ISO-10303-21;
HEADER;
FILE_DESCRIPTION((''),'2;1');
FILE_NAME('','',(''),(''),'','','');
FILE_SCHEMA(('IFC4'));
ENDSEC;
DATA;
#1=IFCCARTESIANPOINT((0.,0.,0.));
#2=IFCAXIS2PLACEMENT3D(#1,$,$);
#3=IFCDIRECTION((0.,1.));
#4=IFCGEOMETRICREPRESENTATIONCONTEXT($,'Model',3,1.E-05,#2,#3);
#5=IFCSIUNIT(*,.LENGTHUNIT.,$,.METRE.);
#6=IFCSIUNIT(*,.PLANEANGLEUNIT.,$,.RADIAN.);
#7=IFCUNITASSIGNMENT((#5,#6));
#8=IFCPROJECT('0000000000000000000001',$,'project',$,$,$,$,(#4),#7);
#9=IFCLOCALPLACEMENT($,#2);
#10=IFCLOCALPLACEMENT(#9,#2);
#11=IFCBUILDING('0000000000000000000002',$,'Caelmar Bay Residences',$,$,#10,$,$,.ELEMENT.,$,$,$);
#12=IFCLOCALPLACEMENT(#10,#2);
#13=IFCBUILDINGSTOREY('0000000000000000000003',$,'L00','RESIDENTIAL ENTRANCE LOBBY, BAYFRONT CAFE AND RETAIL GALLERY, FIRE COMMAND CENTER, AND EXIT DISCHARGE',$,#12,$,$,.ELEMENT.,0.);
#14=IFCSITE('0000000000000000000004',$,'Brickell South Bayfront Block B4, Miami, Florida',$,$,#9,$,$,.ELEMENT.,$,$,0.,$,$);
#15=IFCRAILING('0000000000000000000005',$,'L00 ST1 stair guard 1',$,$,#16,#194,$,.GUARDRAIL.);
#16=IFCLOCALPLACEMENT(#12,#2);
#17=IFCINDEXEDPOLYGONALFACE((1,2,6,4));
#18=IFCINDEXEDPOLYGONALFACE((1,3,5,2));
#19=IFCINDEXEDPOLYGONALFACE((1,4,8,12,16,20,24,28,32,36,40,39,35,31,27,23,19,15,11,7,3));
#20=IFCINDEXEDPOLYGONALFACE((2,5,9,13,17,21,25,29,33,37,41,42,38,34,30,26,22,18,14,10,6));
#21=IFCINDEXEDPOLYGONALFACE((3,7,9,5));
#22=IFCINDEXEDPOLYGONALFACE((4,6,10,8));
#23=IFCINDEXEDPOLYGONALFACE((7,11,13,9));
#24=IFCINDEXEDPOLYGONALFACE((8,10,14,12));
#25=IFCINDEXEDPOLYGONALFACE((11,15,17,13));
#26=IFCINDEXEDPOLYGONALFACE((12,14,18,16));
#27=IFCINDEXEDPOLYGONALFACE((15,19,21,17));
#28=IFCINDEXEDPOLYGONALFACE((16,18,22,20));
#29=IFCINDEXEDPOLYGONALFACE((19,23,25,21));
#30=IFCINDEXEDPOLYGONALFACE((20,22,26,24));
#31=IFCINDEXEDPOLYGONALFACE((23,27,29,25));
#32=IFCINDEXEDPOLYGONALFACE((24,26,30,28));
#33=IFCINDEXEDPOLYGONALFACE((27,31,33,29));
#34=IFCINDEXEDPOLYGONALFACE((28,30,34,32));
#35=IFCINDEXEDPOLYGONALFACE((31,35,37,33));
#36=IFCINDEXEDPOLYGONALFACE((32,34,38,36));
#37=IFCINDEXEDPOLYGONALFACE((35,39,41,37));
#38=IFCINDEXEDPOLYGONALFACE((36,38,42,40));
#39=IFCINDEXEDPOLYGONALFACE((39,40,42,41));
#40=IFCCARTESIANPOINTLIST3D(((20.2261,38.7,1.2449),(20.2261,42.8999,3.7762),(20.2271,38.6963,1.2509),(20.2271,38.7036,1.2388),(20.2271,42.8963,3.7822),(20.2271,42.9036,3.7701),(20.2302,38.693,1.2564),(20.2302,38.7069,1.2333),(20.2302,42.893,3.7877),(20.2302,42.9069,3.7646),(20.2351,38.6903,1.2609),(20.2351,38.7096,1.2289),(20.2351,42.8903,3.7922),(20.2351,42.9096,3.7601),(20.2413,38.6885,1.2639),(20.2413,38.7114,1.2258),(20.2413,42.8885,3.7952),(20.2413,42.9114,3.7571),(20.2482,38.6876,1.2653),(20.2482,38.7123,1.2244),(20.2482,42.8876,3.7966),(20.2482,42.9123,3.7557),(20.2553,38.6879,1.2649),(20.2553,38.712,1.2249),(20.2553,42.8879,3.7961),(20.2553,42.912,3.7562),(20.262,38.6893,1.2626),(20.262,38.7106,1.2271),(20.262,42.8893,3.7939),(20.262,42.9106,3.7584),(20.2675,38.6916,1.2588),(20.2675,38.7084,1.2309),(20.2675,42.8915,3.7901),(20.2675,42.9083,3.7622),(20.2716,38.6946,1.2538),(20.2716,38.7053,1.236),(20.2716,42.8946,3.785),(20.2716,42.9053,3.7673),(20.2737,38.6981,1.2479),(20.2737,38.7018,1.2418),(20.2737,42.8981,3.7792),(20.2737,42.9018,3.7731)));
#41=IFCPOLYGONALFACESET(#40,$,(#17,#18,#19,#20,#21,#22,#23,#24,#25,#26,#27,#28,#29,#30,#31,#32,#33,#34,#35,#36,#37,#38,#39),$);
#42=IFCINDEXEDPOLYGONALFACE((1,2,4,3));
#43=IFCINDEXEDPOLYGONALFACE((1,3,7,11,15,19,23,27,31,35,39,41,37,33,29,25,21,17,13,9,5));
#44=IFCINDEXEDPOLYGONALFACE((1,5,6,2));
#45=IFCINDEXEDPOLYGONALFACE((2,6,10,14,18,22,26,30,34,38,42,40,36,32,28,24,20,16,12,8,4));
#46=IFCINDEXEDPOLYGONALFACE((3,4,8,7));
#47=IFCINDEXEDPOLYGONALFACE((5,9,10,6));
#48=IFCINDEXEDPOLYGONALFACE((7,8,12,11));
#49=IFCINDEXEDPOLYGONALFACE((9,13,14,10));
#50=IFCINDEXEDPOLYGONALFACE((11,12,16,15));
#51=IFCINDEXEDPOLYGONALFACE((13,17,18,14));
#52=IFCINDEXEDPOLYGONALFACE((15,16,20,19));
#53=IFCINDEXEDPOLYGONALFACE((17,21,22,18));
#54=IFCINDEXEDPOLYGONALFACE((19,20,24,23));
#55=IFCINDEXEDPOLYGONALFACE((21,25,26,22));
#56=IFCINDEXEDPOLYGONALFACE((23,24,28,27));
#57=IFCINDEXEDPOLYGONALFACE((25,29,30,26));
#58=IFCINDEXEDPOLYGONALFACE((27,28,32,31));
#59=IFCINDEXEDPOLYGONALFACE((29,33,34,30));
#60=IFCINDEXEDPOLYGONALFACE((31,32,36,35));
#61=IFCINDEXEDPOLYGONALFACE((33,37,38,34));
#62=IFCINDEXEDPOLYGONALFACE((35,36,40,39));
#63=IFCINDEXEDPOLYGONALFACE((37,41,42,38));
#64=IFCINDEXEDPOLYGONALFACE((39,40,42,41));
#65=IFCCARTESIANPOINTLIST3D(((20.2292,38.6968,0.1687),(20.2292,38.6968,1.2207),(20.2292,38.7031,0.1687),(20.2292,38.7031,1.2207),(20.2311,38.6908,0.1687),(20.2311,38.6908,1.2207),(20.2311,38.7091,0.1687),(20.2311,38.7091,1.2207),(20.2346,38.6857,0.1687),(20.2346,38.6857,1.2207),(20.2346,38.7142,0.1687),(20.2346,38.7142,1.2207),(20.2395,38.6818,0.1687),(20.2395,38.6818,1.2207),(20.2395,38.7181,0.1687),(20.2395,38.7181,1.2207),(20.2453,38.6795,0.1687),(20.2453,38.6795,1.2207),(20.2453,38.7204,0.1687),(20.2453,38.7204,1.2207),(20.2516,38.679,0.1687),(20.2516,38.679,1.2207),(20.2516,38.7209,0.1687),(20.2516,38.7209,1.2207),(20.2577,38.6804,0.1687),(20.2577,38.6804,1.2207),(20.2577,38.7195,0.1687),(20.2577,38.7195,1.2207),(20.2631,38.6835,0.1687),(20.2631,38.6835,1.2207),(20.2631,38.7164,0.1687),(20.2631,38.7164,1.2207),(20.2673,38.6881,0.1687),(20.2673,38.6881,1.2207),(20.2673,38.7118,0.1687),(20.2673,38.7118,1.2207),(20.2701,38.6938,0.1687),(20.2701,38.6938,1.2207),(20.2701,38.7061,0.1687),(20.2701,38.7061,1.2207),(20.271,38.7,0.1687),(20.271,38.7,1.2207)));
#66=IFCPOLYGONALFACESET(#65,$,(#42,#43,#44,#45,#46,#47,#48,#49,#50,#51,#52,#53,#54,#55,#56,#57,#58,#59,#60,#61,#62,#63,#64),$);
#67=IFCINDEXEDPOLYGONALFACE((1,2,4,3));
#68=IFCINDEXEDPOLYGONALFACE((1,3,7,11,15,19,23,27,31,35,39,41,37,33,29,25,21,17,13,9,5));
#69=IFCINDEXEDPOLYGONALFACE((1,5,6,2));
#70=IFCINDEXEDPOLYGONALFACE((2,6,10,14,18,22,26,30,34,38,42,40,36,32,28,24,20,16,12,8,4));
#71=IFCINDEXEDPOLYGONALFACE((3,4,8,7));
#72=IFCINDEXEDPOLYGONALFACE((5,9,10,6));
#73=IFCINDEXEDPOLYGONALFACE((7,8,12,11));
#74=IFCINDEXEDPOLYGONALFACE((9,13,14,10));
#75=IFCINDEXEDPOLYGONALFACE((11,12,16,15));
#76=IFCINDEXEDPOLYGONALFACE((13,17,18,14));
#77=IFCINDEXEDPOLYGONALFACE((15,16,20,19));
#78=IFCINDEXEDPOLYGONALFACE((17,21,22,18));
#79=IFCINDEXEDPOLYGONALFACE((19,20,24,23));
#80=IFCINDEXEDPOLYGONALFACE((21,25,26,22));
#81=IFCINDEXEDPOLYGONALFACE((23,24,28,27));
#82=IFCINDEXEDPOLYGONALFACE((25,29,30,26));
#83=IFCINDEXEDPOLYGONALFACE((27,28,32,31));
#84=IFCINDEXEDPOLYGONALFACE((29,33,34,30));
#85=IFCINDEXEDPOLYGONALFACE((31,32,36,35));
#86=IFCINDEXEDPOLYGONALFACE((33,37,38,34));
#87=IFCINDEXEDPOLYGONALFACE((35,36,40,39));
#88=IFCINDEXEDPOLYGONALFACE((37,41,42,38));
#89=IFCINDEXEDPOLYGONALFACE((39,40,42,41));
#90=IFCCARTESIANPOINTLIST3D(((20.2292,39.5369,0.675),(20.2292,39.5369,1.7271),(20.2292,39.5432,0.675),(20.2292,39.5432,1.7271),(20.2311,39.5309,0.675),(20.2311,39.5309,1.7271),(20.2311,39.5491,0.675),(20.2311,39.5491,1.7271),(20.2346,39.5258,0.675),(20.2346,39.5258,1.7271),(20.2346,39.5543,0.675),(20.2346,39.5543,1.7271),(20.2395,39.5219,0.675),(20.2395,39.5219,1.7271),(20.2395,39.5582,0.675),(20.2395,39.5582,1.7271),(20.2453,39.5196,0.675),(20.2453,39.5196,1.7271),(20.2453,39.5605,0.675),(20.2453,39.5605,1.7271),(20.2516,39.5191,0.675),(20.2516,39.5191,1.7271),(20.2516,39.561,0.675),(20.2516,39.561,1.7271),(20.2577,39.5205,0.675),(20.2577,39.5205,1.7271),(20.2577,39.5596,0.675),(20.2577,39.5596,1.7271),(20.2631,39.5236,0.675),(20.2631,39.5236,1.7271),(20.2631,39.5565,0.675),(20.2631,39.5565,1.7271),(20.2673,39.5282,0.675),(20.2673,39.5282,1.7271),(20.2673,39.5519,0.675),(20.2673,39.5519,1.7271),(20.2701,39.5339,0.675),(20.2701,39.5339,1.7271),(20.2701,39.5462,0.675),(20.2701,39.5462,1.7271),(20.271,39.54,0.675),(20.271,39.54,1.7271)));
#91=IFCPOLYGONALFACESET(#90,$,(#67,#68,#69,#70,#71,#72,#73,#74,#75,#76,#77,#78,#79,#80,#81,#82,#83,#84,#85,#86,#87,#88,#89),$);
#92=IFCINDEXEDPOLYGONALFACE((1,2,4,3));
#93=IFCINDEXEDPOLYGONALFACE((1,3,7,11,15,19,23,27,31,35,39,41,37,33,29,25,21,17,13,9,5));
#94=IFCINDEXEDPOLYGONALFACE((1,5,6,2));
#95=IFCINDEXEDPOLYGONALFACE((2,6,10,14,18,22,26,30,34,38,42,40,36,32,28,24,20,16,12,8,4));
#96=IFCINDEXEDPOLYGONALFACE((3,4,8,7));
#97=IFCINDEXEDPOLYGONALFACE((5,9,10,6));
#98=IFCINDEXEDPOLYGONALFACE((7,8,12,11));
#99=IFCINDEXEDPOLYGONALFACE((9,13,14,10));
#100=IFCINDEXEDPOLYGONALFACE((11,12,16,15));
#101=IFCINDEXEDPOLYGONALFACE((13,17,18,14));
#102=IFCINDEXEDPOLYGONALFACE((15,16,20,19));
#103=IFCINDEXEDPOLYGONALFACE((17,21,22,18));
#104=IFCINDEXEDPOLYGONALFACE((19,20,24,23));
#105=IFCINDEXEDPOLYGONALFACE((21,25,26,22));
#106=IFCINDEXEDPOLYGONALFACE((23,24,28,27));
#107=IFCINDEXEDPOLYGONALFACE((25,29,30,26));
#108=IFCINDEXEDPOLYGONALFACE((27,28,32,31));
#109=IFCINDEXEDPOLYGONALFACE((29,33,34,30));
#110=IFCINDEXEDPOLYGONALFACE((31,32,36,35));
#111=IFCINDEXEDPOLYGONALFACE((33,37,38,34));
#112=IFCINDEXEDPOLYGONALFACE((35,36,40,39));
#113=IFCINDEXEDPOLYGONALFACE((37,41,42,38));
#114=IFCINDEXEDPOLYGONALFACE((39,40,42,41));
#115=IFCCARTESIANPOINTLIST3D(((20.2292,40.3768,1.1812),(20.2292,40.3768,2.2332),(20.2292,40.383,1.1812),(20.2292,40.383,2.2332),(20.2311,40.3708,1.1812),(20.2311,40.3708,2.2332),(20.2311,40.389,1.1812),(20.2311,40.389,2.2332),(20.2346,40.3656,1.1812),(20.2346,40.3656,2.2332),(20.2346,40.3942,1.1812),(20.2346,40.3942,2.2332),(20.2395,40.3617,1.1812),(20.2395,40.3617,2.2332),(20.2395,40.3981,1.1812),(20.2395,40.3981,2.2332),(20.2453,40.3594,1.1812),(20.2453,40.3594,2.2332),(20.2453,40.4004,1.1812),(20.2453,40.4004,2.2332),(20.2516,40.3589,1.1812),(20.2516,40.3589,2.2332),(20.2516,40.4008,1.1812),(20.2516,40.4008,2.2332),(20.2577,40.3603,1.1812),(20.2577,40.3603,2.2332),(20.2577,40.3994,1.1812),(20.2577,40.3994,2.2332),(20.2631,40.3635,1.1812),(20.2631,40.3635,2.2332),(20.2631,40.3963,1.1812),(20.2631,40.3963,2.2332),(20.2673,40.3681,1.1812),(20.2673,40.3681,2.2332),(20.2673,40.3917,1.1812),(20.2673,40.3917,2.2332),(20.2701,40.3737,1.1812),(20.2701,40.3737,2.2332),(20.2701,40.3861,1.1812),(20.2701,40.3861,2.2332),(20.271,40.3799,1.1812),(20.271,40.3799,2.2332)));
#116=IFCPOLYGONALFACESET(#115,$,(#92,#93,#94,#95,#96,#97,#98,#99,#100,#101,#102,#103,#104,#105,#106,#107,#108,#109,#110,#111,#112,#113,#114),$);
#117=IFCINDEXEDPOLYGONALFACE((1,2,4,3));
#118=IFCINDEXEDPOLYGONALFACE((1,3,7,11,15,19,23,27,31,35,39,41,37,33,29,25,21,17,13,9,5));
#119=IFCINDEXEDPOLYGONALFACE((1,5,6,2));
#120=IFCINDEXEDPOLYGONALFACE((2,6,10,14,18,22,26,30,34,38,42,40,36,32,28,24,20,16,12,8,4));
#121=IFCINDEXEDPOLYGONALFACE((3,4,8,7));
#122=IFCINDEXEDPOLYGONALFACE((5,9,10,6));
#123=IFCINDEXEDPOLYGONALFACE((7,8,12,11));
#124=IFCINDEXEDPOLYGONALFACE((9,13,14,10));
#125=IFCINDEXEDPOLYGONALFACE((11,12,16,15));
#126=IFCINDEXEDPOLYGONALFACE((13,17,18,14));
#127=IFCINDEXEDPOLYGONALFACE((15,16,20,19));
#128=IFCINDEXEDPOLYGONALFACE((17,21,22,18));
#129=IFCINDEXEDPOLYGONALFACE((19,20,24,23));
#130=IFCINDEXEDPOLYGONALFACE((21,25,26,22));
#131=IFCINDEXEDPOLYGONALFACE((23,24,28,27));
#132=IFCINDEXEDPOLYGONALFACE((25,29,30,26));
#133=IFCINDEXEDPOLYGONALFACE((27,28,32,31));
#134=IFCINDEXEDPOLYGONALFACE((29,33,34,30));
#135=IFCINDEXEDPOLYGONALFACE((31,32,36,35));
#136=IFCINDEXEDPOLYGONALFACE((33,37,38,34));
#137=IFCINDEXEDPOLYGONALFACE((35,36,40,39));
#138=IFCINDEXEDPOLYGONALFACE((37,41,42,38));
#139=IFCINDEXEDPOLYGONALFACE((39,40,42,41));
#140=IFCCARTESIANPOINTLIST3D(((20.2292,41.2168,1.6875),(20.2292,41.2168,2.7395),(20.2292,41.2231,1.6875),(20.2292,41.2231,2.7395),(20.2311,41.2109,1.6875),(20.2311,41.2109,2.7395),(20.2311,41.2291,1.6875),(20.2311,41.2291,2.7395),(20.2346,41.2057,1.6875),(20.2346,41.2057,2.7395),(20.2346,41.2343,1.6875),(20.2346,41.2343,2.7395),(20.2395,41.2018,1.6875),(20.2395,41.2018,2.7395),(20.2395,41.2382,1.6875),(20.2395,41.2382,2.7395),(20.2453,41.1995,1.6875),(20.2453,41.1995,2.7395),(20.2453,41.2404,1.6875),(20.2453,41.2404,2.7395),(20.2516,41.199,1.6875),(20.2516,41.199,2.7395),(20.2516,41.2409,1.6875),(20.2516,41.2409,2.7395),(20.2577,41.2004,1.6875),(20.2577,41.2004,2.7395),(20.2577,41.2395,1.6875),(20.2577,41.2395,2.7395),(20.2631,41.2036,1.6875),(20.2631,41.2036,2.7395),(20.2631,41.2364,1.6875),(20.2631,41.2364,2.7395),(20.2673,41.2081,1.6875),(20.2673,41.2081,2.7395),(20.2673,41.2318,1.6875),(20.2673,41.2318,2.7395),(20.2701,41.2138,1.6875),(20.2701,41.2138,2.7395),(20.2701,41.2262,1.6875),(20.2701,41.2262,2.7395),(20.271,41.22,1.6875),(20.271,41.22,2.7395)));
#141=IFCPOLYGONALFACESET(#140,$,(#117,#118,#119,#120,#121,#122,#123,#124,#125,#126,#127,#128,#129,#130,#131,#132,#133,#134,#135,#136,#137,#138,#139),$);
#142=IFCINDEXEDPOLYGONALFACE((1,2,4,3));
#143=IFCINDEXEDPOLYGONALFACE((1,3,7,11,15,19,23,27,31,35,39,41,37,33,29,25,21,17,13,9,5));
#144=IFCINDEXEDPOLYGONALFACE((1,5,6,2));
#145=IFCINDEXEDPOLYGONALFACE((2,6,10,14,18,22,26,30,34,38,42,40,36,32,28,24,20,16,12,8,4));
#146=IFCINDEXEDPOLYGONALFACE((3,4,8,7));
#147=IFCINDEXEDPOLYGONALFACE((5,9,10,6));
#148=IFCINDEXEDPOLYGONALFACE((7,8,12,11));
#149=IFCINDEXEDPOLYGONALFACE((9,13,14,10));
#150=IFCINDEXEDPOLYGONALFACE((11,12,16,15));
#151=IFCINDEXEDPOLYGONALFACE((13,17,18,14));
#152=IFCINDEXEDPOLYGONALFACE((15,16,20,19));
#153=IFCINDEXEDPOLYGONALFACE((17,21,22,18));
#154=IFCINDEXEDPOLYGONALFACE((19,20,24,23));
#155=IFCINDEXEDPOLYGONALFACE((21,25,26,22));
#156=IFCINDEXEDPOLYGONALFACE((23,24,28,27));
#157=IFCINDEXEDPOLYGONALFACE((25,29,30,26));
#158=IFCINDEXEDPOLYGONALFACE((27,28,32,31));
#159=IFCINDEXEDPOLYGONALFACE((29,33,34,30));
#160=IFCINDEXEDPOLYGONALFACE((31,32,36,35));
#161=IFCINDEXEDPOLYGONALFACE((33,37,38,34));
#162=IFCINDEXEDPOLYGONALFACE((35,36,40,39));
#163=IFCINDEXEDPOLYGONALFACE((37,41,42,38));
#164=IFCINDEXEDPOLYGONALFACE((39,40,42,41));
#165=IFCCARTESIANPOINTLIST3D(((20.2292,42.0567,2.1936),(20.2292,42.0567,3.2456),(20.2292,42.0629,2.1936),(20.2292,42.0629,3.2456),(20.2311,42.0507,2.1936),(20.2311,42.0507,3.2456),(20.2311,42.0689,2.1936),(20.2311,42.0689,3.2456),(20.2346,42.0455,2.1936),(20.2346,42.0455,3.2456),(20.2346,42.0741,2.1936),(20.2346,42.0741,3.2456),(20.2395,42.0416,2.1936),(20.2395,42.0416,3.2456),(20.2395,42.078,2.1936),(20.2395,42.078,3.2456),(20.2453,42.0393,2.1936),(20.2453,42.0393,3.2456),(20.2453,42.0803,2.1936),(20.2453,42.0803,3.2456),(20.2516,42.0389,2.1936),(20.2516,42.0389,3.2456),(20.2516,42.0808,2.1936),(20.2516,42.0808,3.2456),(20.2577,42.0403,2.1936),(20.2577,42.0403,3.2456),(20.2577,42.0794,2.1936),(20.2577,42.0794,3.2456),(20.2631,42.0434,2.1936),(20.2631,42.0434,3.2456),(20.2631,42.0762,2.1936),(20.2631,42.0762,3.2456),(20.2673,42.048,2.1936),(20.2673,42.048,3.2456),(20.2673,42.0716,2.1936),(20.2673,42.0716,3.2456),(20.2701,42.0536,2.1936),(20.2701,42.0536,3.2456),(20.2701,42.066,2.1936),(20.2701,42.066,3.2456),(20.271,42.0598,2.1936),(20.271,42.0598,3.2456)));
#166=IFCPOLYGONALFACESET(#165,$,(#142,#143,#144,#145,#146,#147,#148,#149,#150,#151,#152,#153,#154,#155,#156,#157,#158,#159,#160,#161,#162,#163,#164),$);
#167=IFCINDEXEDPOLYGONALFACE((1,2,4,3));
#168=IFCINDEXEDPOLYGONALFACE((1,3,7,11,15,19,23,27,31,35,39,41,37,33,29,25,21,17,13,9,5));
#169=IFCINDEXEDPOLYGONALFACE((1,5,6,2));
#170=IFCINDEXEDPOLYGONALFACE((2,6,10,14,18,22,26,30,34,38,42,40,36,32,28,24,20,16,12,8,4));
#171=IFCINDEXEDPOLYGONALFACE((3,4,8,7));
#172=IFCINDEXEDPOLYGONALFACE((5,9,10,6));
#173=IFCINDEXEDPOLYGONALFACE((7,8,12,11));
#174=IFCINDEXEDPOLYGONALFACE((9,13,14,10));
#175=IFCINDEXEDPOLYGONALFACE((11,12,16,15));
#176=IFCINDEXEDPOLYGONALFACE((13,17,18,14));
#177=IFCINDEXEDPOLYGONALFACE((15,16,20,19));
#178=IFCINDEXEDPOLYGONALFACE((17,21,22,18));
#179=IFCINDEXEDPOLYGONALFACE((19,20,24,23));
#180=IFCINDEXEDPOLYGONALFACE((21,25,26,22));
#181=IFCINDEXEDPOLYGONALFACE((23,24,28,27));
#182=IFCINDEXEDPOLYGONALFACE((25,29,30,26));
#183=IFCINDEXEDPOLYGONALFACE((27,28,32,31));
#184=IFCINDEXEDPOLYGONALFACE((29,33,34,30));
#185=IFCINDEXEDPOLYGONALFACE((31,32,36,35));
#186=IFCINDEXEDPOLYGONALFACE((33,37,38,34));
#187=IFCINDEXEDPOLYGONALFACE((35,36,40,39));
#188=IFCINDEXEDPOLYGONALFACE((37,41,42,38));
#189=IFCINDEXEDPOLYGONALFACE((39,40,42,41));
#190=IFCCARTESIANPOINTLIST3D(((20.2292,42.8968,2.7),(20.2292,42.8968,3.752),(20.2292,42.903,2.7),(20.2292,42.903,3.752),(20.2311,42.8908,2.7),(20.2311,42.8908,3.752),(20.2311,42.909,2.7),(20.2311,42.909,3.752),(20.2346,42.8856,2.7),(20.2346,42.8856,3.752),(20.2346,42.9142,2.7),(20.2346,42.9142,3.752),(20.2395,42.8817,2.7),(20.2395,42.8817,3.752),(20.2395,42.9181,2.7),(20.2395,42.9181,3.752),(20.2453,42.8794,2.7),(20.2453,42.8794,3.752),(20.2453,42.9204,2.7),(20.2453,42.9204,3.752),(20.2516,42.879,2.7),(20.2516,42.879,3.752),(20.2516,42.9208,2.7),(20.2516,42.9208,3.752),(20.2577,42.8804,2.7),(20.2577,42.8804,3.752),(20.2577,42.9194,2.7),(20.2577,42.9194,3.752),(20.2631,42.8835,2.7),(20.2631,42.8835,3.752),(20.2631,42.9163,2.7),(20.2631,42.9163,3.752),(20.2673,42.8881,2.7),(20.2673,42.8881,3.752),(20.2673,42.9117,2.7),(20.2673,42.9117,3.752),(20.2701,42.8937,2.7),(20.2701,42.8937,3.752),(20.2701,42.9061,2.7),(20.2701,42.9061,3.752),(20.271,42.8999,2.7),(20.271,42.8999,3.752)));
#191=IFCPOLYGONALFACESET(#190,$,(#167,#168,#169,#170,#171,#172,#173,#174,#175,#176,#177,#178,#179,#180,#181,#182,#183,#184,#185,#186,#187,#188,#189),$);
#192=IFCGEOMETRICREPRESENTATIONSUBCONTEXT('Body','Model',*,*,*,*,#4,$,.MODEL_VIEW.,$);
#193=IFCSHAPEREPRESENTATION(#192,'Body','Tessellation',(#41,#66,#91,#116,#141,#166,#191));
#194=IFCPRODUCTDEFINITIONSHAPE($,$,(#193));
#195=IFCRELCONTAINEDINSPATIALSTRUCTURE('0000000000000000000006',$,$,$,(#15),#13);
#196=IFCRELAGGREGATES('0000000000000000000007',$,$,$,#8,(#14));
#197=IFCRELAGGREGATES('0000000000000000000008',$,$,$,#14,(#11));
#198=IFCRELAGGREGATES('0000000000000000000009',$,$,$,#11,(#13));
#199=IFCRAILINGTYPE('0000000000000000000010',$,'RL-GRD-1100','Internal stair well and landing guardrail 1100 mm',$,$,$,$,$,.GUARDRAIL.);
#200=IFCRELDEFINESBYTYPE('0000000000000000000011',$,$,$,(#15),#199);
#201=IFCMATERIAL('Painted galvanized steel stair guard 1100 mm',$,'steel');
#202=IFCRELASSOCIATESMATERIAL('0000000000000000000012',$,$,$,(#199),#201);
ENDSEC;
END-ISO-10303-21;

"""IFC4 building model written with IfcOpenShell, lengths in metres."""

from ifc_helpers import new_model, si_unit, direction, frame, origin, origin_2d, place, context, subcontext, project, spatial, circle, extrude, material, type_object, element, save


model = new_model("IFC4")

# Units and contexts
model_context = context("Model", 3, precision=1e-05, world=origin(), true_north=direction((0.0, 1.0)))
body_context = subcontext(model_context, "Body", "Model", "MODEL_VIEW")
ifc_project = project(units=[si_unit("LENGTHUNIT", "METRE"), si_unit("PLANEANGLEUNIT", "RADIAN")], contexts=[model_context])

# Site, building, storey
site_placement = place(None, origin())
site = spatial("IfcSite", under=ifc_project, at=site_placement, Name="Brickell South Bayfront Block B4, Miami, Florida", CompositionType="ELEMENT", RefElevation=0.0)
building_placement = place(site_placement, origin())
building = spatial("IfcBuilding", under=site, at=building_placement, Name="Caelmar Bay Residences", CompositionType="ELEMENT")
storey_placement = place(building_placement, origin())
storey = spatial("IfcBuildingStorey", under=building, at=storey_placement, Name="L00", Description="RESIDENTIAL ENTRANCE LOBBY, BAYFRONT CAFE AND RETAIL GALLERY, FIRE COMMAND CENTER, AND EXIT DISCHARGE", CompositionType="ELEMENT", Elevation=0.0)

# Railing
ifc_material_1 = material(Name="Painted galvanized steel stair guard 1100 mm", Category="steel")
railing_type = type_object("IfcRailingType", Name="RL-GRD-1100", Description="Internal stair well and landing guardrail 1100 mm", PredefinedType="GUARDRAIL", material=ifc_material_1)
railing_placement = place(storey_placement, frame((20.25, 38.7, 0.1687)))
element("IfcRailing", 1, at=railing_placement, inside=storey, type_object=railing_type, Name="L00 ST1 stair guard 1", PredefinedType="GUARDRAIL", context=body_context, shape_type="SweptSolid", body=[
    extrude(circle(Radius=0.0239, at=origin_2d()), frame((0.0, 0.0, 1.0762), z_axis=(0.0, 0.856476, 0.516186), x_axis=(-1.0, 0.0, 0.0)), (0.0, 0.0, 1.0), 4.9038),
    extrude(circle(Radius=0.021, at=origin_2d()), origin(), (0.0, 0.0, 1.0), 1.052),
    extrude(circle(Radius=0.021, at=origin_2d()), frame((0.0, 0.8401, 0.5063)), (0.0, 0.0, 1.0), 1.052),
    extrude(circle(Radius=0.021, at=origin_2d()), frame((0.0, 1.6799, 1.0125)), (0.0, 0.0, 1.0), 1.052),
    extrude(circle(Radius=0.021, at=origin_2d()), frame((0.0, 2.52, 1.5188)), (0.0, 0.0, 1.0), 1.052),
    extrude(circle(Radius=0.021, at=origin_2d()), frame((0.0, 3.3599, 2.0249)), (0.0, 0.0, 1.0), 1.052),
    extrude(circle(Radius=0.021, at=origin_2d()), frame((0.0, 4.2, 2.5312)), (0.0, 0.0, 1.0), 1.052),
])

save(model, "model.ifc")
